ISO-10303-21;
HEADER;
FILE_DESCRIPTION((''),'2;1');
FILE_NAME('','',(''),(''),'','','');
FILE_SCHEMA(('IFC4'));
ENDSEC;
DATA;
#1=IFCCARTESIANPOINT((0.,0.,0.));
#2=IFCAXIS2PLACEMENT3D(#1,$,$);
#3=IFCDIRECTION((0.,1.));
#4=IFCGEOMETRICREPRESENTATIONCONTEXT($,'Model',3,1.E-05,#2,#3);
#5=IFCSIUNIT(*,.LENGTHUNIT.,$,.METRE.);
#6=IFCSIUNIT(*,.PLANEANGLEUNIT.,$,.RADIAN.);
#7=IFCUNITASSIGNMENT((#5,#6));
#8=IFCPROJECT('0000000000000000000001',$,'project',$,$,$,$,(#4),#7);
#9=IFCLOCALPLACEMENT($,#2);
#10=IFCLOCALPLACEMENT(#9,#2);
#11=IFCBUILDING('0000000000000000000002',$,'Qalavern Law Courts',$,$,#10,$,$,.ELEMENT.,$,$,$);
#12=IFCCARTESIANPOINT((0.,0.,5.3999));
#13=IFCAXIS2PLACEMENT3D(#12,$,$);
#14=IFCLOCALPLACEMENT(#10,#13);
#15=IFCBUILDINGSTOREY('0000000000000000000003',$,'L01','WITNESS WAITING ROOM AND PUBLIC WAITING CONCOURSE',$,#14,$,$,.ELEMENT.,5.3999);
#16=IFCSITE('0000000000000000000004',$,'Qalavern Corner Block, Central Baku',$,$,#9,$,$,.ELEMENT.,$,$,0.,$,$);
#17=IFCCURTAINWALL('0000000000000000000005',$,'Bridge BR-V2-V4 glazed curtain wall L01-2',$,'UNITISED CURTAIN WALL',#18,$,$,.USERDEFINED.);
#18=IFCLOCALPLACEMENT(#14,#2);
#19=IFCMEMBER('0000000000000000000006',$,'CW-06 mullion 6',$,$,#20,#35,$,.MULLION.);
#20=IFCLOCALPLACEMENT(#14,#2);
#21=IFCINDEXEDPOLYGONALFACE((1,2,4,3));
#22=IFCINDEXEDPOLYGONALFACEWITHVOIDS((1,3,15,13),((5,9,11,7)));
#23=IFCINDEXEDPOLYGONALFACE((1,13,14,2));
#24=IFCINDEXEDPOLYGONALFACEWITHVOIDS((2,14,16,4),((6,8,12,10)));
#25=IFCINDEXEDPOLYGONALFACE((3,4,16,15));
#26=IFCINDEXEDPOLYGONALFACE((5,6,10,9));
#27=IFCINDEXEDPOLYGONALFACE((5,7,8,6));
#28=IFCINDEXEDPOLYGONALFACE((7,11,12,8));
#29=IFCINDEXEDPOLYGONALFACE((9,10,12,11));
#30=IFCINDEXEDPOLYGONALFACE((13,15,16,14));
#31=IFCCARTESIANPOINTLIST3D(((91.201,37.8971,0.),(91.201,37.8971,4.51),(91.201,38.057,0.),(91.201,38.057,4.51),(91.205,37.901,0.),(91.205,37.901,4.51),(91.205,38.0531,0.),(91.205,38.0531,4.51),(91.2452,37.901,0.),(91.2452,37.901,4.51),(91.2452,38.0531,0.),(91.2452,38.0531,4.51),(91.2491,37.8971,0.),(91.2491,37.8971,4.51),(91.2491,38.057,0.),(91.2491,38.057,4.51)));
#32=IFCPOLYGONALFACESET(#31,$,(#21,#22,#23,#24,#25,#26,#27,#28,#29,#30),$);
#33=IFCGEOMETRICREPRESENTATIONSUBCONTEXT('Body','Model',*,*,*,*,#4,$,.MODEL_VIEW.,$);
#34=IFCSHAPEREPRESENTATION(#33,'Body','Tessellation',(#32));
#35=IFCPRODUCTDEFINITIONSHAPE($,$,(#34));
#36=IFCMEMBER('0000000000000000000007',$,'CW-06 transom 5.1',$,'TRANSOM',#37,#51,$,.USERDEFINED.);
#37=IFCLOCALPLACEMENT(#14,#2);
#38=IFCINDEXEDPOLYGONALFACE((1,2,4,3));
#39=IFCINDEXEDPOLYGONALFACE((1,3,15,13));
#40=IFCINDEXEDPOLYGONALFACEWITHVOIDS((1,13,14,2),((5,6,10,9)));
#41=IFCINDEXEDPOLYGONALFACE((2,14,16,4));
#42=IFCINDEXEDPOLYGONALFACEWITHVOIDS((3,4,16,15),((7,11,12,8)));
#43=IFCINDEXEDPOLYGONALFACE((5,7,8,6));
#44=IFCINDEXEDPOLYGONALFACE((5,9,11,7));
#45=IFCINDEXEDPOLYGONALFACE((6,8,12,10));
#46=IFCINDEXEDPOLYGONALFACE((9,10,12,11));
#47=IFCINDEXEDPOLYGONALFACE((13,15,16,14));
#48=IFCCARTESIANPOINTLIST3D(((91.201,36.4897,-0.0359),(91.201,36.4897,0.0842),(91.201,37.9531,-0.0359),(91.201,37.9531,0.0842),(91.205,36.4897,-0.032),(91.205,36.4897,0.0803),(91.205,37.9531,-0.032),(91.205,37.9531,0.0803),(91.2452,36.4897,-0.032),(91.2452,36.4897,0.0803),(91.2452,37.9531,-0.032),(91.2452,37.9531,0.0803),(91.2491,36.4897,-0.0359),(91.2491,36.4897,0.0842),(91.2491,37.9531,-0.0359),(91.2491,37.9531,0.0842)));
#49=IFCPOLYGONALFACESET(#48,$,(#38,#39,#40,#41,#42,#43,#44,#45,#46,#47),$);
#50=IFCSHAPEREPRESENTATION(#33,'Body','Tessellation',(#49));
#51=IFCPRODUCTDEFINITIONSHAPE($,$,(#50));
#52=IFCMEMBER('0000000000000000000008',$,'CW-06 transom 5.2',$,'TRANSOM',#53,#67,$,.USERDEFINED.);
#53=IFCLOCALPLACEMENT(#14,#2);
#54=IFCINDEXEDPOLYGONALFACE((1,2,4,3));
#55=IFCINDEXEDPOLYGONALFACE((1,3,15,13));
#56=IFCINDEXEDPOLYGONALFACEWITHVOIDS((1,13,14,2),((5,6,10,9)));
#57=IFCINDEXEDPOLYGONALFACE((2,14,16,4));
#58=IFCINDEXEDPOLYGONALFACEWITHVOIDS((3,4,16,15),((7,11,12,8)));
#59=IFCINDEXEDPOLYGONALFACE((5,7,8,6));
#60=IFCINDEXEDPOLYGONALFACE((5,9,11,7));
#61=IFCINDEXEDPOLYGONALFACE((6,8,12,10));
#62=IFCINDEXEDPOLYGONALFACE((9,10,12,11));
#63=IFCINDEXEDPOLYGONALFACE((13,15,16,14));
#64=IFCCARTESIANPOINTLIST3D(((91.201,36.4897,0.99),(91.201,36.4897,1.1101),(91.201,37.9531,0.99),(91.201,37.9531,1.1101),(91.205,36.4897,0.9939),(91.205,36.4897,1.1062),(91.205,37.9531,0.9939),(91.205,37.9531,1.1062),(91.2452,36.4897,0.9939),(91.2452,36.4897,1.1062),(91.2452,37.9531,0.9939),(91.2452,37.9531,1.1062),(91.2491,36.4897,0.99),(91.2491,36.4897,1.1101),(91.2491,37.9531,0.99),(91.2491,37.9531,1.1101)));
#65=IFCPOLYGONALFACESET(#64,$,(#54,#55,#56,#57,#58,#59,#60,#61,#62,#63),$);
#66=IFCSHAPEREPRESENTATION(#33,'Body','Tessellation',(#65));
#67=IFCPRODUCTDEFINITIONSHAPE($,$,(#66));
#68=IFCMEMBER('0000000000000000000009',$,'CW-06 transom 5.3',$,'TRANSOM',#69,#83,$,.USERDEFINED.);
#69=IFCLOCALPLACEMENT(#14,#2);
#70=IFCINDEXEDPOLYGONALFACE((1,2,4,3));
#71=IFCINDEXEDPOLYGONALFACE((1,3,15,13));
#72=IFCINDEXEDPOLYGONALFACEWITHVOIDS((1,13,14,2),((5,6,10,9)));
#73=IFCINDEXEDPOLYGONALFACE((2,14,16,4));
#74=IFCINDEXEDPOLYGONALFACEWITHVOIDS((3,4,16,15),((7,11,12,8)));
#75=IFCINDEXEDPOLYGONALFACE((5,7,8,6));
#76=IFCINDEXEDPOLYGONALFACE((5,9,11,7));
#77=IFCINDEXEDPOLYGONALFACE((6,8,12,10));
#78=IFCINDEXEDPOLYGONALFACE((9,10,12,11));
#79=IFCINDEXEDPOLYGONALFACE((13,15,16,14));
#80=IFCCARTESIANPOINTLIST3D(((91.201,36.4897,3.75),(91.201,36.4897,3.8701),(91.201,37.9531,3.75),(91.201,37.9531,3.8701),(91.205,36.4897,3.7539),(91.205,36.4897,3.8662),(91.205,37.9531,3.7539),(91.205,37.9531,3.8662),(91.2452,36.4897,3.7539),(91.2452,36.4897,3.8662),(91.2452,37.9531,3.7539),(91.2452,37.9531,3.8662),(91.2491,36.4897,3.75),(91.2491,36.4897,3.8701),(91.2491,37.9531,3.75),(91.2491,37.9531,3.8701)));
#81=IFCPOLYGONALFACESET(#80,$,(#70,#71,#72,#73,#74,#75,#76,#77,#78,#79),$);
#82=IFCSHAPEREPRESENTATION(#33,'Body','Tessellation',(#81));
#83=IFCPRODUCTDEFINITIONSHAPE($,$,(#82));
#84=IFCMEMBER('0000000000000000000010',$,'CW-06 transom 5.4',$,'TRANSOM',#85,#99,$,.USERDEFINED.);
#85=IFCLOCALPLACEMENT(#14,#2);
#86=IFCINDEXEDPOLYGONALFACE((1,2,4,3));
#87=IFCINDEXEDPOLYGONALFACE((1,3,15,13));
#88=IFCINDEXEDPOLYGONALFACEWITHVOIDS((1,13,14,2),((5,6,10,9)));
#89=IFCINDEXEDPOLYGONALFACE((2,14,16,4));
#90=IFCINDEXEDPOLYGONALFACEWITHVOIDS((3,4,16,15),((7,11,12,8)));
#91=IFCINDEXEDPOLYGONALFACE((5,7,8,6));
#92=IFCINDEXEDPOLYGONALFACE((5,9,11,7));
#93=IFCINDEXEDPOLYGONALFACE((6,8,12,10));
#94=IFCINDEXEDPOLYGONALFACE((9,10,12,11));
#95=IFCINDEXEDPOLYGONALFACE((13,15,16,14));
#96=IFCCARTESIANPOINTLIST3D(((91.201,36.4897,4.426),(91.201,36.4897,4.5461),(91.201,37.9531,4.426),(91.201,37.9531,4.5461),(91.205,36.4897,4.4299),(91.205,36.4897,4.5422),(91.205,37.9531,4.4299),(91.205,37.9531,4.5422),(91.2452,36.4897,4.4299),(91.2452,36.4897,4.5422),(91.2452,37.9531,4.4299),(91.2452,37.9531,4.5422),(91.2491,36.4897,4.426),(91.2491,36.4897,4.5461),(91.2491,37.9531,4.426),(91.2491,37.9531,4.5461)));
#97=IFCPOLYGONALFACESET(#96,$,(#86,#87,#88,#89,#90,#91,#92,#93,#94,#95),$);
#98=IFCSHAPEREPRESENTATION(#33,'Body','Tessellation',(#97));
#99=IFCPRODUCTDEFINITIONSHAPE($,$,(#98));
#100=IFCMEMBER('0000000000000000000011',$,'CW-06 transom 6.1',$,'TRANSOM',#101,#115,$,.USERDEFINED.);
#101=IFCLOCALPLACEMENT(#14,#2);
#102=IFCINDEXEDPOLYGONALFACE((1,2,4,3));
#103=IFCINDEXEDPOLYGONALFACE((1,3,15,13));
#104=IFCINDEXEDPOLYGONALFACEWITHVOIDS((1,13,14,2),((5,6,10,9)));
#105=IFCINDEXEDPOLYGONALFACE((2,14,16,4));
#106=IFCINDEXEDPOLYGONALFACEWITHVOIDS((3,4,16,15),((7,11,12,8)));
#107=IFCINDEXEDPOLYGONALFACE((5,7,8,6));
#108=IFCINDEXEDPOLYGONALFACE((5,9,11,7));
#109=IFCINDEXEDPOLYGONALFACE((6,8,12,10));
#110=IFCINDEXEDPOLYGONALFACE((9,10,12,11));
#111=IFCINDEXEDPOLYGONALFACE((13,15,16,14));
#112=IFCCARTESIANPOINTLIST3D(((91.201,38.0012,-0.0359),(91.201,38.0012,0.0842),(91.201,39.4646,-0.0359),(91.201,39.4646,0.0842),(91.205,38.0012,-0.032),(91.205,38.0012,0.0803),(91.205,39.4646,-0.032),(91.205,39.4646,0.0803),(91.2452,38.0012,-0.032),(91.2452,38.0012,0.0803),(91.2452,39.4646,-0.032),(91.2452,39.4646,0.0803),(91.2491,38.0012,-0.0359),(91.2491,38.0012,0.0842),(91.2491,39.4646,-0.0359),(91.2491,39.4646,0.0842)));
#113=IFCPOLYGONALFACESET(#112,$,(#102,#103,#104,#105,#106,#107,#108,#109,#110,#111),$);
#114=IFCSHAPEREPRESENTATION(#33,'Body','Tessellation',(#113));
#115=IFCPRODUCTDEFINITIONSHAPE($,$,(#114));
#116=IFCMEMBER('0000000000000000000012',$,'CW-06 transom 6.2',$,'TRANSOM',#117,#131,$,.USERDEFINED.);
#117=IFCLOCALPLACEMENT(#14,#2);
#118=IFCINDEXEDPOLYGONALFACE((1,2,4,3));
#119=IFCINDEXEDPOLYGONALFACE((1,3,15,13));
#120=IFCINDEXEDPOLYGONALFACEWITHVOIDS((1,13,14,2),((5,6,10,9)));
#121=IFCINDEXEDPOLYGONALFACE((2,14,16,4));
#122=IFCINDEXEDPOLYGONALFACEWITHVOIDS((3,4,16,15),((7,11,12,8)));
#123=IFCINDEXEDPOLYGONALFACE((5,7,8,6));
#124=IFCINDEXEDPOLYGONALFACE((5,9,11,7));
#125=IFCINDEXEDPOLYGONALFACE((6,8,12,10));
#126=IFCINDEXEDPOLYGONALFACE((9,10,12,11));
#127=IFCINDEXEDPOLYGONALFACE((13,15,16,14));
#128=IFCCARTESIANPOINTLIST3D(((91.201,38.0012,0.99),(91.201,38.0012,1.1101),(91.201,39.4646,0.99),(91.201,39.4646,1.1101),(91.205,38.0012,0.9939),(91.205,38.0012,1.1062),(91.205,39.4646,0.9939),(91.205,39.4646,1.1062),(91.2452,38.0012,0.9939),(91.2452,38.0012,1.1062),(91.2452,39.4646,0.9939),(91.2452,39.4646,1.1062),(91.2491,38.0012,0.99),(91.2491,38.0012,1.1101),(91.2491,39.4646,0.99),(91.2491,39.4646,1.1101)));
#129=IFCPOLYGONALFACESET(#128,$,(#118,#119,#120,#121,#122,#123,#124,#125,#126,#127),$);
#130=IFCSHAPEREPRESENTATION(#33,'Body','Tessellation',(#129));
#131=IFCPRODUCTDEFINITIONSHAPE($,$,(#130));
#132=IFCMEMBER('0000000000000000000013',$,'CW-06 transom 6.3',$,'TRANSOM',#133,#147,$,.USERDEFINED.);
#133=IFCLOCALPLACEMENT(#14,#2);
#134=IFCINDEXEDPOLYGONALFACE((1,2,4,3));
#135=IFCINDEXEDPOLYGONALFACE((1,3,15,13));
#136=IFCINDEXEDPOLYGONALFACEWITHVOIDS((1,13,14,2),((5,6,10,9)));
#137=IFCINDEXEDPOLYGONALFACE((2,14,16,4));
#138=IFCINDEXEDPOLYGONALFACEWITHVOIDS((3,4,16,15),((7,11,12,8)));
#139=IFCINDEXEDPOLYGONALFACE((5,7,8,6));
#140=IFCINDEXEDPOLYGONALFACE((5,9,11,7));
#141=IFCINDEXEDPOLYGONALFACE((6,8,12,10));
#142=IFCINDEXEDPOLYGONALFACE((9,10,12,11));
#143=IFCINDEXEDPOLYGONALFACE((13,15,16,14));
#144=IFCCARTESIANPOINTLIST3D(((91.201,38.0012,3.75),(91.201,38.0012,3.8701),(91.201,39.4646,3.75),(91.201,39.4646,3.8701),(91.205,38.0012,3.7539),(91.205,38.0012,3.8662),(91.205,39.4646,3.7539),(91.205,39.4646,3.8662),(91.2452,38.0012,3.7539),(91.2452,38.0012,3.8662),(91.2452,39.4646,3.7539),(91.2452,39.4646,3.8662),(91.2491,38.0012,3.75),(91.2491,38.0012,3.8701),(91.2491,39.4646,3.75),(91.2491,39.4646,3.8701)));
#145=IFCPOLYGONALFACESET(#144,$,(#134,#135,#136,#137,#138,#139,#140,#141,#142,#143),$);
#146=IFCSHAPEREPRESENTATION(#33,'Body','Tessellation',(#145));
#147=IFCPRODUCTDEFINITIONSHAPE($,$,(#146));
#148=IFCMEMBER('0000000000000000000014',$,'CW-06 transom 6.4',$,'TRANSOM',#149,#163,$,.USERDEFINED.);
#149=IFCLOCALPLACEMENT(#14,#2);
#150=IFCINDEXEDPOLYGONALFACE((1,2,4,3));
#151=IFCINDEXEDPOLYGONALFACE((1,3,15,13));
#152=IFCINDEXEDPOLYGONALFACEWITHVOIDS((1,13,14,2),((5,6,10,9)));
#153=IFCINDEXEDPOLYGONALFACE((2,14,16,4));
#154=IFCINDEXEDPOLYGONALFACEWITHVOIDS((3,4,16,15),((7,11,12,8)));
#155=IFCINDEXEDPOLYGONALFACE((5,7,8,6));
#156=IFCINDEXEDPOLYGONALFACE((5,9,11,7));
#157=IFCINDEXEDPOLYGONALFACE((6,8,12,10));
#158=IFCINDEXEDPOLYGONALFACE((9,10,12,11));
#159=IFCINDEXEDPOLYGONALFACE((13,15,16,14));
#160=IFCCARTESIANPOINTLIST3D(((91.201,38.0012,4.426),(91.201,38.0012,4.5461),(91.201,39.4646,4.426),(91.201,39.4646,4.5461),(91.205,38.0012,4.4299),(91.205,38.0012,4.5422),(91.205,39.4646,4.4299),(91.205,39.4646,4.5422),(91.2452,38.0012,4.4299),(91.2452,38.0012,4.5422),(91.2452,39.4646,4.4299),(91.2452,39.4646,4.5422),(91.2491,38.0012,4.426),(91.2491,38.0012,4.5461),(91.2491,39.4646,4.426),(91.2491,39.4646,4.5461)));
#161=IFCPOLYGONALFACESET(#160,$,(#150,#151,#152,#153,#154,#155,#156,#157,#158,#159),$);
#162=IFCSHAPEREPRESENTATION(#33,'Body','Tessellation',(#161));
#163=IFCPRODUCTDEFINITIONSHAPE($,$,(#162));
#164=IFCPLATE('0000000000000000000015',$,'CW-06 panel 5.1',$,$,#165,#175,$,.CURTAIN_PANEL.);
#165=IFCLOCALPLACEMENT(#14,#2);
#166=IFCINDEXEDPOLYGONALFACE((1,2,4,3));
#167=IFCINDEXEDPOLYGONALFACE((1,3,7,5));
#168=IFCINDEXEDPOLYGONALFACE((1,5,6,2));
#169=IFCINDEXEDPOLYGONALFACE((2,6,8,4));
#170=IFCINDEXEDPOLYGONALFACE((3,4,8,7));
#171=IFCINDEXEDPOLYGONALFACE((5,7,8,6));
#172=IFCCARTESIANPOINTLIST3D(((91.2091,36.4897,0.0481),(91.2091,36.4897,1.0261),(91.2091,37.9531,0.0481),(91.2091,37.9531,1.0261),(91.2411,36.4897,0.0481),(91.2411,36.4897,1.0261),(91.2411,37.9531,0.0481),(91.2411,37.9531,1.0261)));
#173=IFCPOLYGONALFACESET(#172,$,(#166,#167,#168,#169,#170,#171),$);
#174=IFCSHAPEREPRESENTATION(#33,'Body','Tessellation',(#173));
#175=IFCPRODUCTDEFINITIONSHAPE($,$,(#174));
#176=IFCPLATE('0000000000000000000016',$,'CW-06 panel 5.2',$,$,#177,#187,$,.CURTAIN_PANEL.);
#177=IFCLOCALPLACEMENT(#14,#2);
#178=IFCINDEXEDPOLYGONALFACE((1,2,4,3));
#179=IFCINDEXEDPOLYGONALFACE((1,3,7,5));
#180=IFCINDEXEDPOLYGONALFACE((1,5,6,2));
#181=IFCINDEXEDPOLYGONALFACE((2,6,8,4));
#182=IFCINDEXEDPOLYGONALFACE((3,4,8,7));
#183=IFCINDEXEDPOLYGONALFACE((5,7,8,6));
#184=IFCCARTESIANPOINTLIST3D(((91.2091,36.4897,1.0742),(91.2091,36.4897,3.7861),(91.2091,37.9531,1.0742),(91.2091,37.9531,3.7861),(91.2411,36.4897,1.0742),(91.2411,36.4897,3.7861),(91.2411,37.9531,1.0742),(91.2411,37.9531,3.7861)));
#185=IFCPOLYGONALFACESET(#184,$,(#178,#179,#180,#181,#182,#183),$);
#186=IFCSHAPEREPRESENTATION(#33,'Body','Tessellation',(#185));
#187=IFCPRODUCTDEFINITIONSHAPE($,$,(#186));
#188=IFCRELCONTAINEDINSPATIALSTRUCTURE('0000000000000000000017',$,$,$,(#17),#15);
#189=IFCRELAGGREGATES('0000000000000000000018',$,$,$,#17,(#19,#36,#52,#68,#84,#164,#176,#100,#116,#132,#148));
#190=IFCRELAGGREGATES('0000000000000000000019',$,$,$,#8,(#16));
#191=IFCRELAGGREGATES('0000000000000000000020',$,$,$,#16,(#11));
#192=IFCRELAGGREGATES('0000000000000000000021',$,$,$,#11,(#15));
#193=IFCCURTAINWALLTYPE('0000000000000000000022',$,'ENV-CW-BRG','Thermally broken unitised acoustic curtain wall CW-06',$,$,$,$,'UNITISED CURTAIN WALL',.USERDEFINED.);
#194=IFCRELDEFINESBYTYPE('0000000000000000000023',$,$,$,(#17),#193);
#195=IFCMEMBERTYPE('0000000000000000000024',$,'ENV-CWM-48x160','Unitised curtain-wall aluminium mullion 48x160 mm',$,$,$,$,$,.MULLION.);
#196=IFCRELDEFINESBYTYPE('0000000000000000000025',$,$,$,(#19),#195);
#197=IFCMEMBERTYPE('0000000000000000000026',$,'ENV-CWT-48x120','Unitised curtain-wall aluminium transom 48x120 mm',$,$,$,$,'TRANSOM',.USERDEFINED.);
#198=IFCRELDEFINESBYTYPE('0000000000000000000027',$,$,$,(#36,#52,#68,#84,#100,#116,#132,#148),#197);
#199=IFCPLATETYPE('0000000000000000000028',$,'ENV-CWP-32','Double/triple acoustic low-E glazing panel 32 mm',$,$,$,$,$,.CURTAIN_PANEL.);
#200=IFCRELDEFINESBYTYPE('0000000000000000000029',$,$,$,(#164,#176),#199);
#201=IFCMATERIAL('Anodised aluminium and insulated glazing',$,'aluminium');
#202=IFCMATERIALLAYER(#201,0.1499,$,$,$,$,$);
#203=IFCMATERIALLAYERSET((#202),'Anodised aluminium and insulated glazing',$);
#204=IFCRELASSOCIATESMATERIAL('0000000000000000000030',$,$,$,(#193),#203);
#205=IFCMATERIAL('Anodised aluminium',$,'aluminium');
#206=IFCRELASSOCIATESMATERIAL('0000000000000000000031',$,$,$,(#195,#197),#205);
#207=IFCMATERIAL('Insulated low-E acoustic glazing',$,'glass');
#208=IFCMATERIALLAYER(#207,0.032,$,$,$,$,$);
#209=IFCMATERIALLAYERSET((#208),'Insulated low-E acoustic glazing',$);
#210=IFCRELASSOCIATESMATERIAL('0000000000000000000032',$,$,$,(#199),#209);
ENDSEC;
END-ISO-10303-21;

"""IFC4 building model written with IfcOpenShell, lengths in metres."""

from ifc_helpers import new_model, si_unit, direction, frame, origin, origin_2d, place, context, subcontext, project, spatial, rectangle, hollow_rectangle, extrude, material, layer, layer_set, material_profile, profile_set, type_object, element, aggregate, save


model = new_model("IFC4")

# Units and contexts
model_context = context("Model", 3, precision=1e-05, world=origin(), true_north=direction((0.0, 1.0)))
body_context = subcontext(model_context, "Body", "Model", "MODEL_VIEW")
ifc_project = project(units=[si_unit("LENGTHUNIT", "METRE"), si_unit("PLANEANGLEUNIT", "RADIAN")], contexts=[model_context])

# Site, building, storey
site_placement = place(None, origin())
site = spatial("IfcSite", under=ifc_project, at=site_placement, Name="Qalavern Corner Block, Central Baku", CompositionType="ELEMENT", RefElevation=0.0)
building_placement = place(site_placement, origin())
building = spatial("IfcBuilding", under=site, at=building_placement, Name="Qalavern Law Courts", CompositionType="ELEMENT")
storey_placement = place(building_placement, frame((0.0, 0.0, 5.3999)))
storey = spatial("IfcBuildingStorey", under=building, at=storey_placement, Name="L01", Description="WITNESS WAITING ROOM AND PUBLIC WAITING CONCOURSE", CompositionType="ELEMENT", Elevation=5.3999)

# Curtain wall, members, plates
ifc_material_1 = material(Name="Anodised aluminium and insulated glazing", Category="aluminium")
ifc_layer_1 = layer(ifc_material_1, 0.1499)
ifc_layer_set_1 = layer_set([ifc_layer_1], Name="Anodised aluminium and insulated glazing")
curtain_wall_type = type_object("IfcCurtainWallType", Name="ENV-CW-BRG", Description="Thermally broken unitised acoustic curtain wall CW-06", ElementType="UNITISED CURTAIN WALL", PredefinedType="USERDEFINED", material=ifc_layer_set_1)
curtain_wall_placement = place(storey_placement, origin())
curtain_wall = element("IfcCurtainWall", 1, at=curtain_wall_placement, inside=storey, type_object=curtain_wall_type, Name="Bridge BR-V2-V4 glazed curtain wall L01-2", ObjectType="UNITISED CURTAIN WALL", PredefinedType="USERDEFINED")
ifc_material_2 = material(Name="Anodised aluminium", Category="aluminium")
ifc_material_profile_1 = material_profile(ifc_material_2, hollow_rectangle(XDim=0.0481, YDim=0.1599, WallThickness=0.0039, at=origin_2d()), Name="ALU MULLION 48x160")
ifc_profile_set_1 = profile_set([ifc_material_profile_1], Name="Anodised aluminium")
member_type_1 = type_object("IfcMemberType", Name="ENV-CWM-48x160", Description="Unitised curtain-wall aluminium mullion 48x160 mm", PredefinedType="MULLION", material=ifc_profile_set_1)
member_1_placement = place(storey_placement, frame((91.2251, 37.9771, 0.0), z_axis=(0.0, 0.0, 1.0), x_axis=(-1.0, 0.0, 0.0)))
member_1 = element("IfcMember", 2, at=member_1_placement, type_object=member_type_1, Name="CW-06 mullion 6", PredefinedType="MULLION", context=body_context, shape_type="SweptSolid", body=[
    extrude(hollow_rectangle(XDim=0.0481, YDim=0.1599, WallThickness=0.0039, at=origin_2d()), origin(), (0.0, 0.0, 1.0), 4.51),
])
ifc_material_profile_2 = material_profile(ifc_material_2, hollow_rectangle(XDim=0.0481, YDim=0.1201, WallThickness=0.0039, at=origin_2d()), Name="ALU TRANSOM 48x120")
ifc_profile_set_2 = profile_set([ifc_material_profile_2], Name="Anodised aluminium")
member_type_2 = type_object("IfcMemberType", Name="ENV-CWT-48x120", Description="Unitised curtain-wall aluminium transom 48x120 mm", ElementType="TRANSOM", PredefinedType="USERDEFINED", material=ifc_profile_set_2)
member_2_placement = place(storey_placement, frame((91.2251, 36.4897, 0.0242), z_axis=(0.0, 1.0, 0.0), x_axis=(-1.0, 0.0, 0.0)))
member_2 = element("IfcMember", 3, at=member_2_placement, type_object=member_type_2, Name="CW-06 transom 5.1", ObjectType="TRANSOM", PredefinedType="USERDEFINED", context=body_context, shape_type="SweptSolid", body=[
    extrude(hollow_rectangle(XDim=0.0481, YDim=0.1201, WallThickness=0.0039, at=origin_2d()), origin(), (0.0, 0.0, 1.0), 1.4634),
])
member_3_placement = place(storey_placement, frame((91.2251, 36.4897, 1.05), z_axis=(0.0, 1.0, 0.0), x_axis=(-1.0, 0.0, 0.0)))
member_3 = element("IfcMember", 4, at=member_3_placement, type_object=member_type_2, Name="CW-06 transom 5.2", ObjectType="TRANSOM", PredefinedType="USERDEFINED", context=body_context, shape_type="SweptSolid", body=[
    extrude(hollow_rectangle(XDim=0.0481, YDim=0.1201, WallThickness=0.0039, at=origin_2d()), origin(), (0.0, 0.0, 1.0), 1.4634),
])
member_4_placement = place(storey_placement, frame((91.2251, 36.4897, 3.8101), z_axis=(0.0, 1.0, 0.0), x_axis=(-1.0, 0.0, 0.0)))
member_4 = element("IfcMember", 5, at=member_4_placement, type_object=member_type_2, Name="CW-06 transom 5.3", ObjectType="TRANSOM", PredefinedType="USERDEFINED", context=body_context, shape_type="SweptSolid", body=[
    extrude(hollow_rectangle(XDim=0.0481, YDim=0.1201, WallThickness=0.0039, at=origin_2d()), origin(), (0.0, 0.0, 1.0), 1.4634),
])
member_5_placement = place(storey_placement, frame((91.2251, 36.4897, 4.4861), z_axis=(0.0, 1.0, 0.0), x_axis=(-1.0, 0.0, 0.0)))
member_5 = element("IfcMember", 6, at=member_5_placement, type_object=member_type_2, Name="CW-06 transom 5.4", ObjectType="TRANSOM", PredefinedType="USERDEFINED", context=body_context, shape_type="SweptSolid", body=[
    extrude(hollow_rectangle(XDim=0.0481, YDim=0.1201, WallThickness=0.0039, at=origin_2d()), origin(), (0.0, 0.0, 1.0), 1.4634),
])
member_6_placement = place(storey_placement, frame((91.2251, 38.0012, 0.0242), z_axis=(0.0, 1.0, 0.0), x_axis=(-1.0, 0.0, 0.0)))
member_6 = element("IfcMember", 7, at=member_6_placement, type_object=member_type_2, Name="CW-06 transom 6.1", ObjectType="TRANSOM", PredefinedType="USERDEFINED", context=body_context, shape_type="SweptSolid", body=[
    extrude(hollow_rectangle(XDim=0.0481, YDim=0.1201, WallThickness=0.0039, at=origin_2d()), origin(), (0.0, 0.0, 1.0), 1.4634),
])
member_7_placement = place(storey_placement, frame((91.2251, 38.0012, 1.05), z_axis=(0.0, 1.0, 0.0), x_axis=(-1.0, 0.0, 0.0)))
member_7 = element("IfcMember", 8, at=member_7_placement, type_object=member_type_2, Name="CW-06 transom 6.2", ObjectType="TRANSOM", PredefinedType="USERDEFINED", context=body_context, shape_type="SweptSolid", body=[
    extrude(hollow_rectangle(XDim=0.0481, YDim=0.1201, WallThickness=0.0039, at=origin_2d()), origin(), (0.0, 0.0, 1.0), 1.4634),
])
member_8_placement = place(storey_placement, frame((91.2251, 38.0012, 3.8101), z_axis=(0.0, 1.0, 0.0), x_axis=(-1.0, 0.0, 0.0)))
member_8 = element("IfcMember", 9, at=member_8_placement, type_object=member_type_2, Name="CW-06 transom 6.3", ObjectType="TRANSOM", PredefinedType="USERDEFINED", context=body_context, shape_type="SweptSolid", body=[
    extrude(hollow_rectangle(XDim=0.0481, YDim=0.1201, WallThickness=0.0039, at=origin_2d()), origin(), (0.0, 0.0, 1.0), 1.4634),
])
member_9_placement = place(storey_placement, frame((91.2251, 38.0012, 4.4861), z_axis=(0.0, 1.0, 0.0), x_axis=(-1.0, 0.0, 0.0)))
member_9 = element("IfcMember", 10, at=member_9_placement, type_object=member_type_2, Name="CW-06 transom 6.4", ObjectType="TRANSOM", PredefinedType="USERDEFINED", context=body_context, shape_type="SweptSolid", body=[
    extrude(hollow_rectangle(XDim=0.0481, YDim=0.1201, WallThickness=0.0039, at=origin_2d()), origin(), (0.0, 0.0, 1.0), 1.4634),
])
ifc_material_3 = material(Name="Insulated low-E acoustic glazing", Category="glass")
ifc_layer_2 = layer(ifc_material_3, 0.032)
ifc_layer_set_2 = layer_set([ifc_layer_2], Name="Insulated low-E acoustic glazing")
plate_type = type_object("IfcPlateType", Name="ENV-CWP-32", Description="Double/triple acoustic low-E glazing panel 32 mm", PredefinedType="CURTAIN_PANEL", material=ifc_layer_set_2)
plate_1_placement = place(storey_placement, frame((91.2251, 37.2214, 0.0481), z_axis=(0.0, 0.0, 1.0), x_axis=(0.0, 1.0, 0.0)))
plate_1 = element("IfcPlate", 11, at=plate_1_placement, type_object=plate_type, Name="CW-06 panel 5.1", PredefinedType="CURTAIN_PANEL", context=body_context, shape_type="SweptSolid", body=[
    extrude(rectangle(XDim=1.4634, YDim=0.032, at=origin_2d()), origin(), (0.0, 0.0, 1.0), 0.978),
])
plate_2_placement = place(storey_placement, frame((91.2251, 37.2214, 1.0742), z_axis=(0.0, 0.0, 1.0), x_axis=(0.0, 1.0, 0.0)))
plate_2 = element("IfcPlate", 12, at=plate_2_placement, type_object=plate_type, Name="CW-06 panel 5.2", PredefinedType="CURTAIN_PANEL", context=body_context, shape_type="SweptSolid", body=[
    extrude(rectangle(XDim=1.4634, YDim=0.032, at=origin_2d()), origin(), (0.0, 0.0, 1.0), 2.7119),
])
aggregate(curtain_wall, [member_1, member_2, member_3, member_4, member_5, plate_1, plate_2, member_6, member_7, member_8, member_9])

save(model, "model.ifc")
